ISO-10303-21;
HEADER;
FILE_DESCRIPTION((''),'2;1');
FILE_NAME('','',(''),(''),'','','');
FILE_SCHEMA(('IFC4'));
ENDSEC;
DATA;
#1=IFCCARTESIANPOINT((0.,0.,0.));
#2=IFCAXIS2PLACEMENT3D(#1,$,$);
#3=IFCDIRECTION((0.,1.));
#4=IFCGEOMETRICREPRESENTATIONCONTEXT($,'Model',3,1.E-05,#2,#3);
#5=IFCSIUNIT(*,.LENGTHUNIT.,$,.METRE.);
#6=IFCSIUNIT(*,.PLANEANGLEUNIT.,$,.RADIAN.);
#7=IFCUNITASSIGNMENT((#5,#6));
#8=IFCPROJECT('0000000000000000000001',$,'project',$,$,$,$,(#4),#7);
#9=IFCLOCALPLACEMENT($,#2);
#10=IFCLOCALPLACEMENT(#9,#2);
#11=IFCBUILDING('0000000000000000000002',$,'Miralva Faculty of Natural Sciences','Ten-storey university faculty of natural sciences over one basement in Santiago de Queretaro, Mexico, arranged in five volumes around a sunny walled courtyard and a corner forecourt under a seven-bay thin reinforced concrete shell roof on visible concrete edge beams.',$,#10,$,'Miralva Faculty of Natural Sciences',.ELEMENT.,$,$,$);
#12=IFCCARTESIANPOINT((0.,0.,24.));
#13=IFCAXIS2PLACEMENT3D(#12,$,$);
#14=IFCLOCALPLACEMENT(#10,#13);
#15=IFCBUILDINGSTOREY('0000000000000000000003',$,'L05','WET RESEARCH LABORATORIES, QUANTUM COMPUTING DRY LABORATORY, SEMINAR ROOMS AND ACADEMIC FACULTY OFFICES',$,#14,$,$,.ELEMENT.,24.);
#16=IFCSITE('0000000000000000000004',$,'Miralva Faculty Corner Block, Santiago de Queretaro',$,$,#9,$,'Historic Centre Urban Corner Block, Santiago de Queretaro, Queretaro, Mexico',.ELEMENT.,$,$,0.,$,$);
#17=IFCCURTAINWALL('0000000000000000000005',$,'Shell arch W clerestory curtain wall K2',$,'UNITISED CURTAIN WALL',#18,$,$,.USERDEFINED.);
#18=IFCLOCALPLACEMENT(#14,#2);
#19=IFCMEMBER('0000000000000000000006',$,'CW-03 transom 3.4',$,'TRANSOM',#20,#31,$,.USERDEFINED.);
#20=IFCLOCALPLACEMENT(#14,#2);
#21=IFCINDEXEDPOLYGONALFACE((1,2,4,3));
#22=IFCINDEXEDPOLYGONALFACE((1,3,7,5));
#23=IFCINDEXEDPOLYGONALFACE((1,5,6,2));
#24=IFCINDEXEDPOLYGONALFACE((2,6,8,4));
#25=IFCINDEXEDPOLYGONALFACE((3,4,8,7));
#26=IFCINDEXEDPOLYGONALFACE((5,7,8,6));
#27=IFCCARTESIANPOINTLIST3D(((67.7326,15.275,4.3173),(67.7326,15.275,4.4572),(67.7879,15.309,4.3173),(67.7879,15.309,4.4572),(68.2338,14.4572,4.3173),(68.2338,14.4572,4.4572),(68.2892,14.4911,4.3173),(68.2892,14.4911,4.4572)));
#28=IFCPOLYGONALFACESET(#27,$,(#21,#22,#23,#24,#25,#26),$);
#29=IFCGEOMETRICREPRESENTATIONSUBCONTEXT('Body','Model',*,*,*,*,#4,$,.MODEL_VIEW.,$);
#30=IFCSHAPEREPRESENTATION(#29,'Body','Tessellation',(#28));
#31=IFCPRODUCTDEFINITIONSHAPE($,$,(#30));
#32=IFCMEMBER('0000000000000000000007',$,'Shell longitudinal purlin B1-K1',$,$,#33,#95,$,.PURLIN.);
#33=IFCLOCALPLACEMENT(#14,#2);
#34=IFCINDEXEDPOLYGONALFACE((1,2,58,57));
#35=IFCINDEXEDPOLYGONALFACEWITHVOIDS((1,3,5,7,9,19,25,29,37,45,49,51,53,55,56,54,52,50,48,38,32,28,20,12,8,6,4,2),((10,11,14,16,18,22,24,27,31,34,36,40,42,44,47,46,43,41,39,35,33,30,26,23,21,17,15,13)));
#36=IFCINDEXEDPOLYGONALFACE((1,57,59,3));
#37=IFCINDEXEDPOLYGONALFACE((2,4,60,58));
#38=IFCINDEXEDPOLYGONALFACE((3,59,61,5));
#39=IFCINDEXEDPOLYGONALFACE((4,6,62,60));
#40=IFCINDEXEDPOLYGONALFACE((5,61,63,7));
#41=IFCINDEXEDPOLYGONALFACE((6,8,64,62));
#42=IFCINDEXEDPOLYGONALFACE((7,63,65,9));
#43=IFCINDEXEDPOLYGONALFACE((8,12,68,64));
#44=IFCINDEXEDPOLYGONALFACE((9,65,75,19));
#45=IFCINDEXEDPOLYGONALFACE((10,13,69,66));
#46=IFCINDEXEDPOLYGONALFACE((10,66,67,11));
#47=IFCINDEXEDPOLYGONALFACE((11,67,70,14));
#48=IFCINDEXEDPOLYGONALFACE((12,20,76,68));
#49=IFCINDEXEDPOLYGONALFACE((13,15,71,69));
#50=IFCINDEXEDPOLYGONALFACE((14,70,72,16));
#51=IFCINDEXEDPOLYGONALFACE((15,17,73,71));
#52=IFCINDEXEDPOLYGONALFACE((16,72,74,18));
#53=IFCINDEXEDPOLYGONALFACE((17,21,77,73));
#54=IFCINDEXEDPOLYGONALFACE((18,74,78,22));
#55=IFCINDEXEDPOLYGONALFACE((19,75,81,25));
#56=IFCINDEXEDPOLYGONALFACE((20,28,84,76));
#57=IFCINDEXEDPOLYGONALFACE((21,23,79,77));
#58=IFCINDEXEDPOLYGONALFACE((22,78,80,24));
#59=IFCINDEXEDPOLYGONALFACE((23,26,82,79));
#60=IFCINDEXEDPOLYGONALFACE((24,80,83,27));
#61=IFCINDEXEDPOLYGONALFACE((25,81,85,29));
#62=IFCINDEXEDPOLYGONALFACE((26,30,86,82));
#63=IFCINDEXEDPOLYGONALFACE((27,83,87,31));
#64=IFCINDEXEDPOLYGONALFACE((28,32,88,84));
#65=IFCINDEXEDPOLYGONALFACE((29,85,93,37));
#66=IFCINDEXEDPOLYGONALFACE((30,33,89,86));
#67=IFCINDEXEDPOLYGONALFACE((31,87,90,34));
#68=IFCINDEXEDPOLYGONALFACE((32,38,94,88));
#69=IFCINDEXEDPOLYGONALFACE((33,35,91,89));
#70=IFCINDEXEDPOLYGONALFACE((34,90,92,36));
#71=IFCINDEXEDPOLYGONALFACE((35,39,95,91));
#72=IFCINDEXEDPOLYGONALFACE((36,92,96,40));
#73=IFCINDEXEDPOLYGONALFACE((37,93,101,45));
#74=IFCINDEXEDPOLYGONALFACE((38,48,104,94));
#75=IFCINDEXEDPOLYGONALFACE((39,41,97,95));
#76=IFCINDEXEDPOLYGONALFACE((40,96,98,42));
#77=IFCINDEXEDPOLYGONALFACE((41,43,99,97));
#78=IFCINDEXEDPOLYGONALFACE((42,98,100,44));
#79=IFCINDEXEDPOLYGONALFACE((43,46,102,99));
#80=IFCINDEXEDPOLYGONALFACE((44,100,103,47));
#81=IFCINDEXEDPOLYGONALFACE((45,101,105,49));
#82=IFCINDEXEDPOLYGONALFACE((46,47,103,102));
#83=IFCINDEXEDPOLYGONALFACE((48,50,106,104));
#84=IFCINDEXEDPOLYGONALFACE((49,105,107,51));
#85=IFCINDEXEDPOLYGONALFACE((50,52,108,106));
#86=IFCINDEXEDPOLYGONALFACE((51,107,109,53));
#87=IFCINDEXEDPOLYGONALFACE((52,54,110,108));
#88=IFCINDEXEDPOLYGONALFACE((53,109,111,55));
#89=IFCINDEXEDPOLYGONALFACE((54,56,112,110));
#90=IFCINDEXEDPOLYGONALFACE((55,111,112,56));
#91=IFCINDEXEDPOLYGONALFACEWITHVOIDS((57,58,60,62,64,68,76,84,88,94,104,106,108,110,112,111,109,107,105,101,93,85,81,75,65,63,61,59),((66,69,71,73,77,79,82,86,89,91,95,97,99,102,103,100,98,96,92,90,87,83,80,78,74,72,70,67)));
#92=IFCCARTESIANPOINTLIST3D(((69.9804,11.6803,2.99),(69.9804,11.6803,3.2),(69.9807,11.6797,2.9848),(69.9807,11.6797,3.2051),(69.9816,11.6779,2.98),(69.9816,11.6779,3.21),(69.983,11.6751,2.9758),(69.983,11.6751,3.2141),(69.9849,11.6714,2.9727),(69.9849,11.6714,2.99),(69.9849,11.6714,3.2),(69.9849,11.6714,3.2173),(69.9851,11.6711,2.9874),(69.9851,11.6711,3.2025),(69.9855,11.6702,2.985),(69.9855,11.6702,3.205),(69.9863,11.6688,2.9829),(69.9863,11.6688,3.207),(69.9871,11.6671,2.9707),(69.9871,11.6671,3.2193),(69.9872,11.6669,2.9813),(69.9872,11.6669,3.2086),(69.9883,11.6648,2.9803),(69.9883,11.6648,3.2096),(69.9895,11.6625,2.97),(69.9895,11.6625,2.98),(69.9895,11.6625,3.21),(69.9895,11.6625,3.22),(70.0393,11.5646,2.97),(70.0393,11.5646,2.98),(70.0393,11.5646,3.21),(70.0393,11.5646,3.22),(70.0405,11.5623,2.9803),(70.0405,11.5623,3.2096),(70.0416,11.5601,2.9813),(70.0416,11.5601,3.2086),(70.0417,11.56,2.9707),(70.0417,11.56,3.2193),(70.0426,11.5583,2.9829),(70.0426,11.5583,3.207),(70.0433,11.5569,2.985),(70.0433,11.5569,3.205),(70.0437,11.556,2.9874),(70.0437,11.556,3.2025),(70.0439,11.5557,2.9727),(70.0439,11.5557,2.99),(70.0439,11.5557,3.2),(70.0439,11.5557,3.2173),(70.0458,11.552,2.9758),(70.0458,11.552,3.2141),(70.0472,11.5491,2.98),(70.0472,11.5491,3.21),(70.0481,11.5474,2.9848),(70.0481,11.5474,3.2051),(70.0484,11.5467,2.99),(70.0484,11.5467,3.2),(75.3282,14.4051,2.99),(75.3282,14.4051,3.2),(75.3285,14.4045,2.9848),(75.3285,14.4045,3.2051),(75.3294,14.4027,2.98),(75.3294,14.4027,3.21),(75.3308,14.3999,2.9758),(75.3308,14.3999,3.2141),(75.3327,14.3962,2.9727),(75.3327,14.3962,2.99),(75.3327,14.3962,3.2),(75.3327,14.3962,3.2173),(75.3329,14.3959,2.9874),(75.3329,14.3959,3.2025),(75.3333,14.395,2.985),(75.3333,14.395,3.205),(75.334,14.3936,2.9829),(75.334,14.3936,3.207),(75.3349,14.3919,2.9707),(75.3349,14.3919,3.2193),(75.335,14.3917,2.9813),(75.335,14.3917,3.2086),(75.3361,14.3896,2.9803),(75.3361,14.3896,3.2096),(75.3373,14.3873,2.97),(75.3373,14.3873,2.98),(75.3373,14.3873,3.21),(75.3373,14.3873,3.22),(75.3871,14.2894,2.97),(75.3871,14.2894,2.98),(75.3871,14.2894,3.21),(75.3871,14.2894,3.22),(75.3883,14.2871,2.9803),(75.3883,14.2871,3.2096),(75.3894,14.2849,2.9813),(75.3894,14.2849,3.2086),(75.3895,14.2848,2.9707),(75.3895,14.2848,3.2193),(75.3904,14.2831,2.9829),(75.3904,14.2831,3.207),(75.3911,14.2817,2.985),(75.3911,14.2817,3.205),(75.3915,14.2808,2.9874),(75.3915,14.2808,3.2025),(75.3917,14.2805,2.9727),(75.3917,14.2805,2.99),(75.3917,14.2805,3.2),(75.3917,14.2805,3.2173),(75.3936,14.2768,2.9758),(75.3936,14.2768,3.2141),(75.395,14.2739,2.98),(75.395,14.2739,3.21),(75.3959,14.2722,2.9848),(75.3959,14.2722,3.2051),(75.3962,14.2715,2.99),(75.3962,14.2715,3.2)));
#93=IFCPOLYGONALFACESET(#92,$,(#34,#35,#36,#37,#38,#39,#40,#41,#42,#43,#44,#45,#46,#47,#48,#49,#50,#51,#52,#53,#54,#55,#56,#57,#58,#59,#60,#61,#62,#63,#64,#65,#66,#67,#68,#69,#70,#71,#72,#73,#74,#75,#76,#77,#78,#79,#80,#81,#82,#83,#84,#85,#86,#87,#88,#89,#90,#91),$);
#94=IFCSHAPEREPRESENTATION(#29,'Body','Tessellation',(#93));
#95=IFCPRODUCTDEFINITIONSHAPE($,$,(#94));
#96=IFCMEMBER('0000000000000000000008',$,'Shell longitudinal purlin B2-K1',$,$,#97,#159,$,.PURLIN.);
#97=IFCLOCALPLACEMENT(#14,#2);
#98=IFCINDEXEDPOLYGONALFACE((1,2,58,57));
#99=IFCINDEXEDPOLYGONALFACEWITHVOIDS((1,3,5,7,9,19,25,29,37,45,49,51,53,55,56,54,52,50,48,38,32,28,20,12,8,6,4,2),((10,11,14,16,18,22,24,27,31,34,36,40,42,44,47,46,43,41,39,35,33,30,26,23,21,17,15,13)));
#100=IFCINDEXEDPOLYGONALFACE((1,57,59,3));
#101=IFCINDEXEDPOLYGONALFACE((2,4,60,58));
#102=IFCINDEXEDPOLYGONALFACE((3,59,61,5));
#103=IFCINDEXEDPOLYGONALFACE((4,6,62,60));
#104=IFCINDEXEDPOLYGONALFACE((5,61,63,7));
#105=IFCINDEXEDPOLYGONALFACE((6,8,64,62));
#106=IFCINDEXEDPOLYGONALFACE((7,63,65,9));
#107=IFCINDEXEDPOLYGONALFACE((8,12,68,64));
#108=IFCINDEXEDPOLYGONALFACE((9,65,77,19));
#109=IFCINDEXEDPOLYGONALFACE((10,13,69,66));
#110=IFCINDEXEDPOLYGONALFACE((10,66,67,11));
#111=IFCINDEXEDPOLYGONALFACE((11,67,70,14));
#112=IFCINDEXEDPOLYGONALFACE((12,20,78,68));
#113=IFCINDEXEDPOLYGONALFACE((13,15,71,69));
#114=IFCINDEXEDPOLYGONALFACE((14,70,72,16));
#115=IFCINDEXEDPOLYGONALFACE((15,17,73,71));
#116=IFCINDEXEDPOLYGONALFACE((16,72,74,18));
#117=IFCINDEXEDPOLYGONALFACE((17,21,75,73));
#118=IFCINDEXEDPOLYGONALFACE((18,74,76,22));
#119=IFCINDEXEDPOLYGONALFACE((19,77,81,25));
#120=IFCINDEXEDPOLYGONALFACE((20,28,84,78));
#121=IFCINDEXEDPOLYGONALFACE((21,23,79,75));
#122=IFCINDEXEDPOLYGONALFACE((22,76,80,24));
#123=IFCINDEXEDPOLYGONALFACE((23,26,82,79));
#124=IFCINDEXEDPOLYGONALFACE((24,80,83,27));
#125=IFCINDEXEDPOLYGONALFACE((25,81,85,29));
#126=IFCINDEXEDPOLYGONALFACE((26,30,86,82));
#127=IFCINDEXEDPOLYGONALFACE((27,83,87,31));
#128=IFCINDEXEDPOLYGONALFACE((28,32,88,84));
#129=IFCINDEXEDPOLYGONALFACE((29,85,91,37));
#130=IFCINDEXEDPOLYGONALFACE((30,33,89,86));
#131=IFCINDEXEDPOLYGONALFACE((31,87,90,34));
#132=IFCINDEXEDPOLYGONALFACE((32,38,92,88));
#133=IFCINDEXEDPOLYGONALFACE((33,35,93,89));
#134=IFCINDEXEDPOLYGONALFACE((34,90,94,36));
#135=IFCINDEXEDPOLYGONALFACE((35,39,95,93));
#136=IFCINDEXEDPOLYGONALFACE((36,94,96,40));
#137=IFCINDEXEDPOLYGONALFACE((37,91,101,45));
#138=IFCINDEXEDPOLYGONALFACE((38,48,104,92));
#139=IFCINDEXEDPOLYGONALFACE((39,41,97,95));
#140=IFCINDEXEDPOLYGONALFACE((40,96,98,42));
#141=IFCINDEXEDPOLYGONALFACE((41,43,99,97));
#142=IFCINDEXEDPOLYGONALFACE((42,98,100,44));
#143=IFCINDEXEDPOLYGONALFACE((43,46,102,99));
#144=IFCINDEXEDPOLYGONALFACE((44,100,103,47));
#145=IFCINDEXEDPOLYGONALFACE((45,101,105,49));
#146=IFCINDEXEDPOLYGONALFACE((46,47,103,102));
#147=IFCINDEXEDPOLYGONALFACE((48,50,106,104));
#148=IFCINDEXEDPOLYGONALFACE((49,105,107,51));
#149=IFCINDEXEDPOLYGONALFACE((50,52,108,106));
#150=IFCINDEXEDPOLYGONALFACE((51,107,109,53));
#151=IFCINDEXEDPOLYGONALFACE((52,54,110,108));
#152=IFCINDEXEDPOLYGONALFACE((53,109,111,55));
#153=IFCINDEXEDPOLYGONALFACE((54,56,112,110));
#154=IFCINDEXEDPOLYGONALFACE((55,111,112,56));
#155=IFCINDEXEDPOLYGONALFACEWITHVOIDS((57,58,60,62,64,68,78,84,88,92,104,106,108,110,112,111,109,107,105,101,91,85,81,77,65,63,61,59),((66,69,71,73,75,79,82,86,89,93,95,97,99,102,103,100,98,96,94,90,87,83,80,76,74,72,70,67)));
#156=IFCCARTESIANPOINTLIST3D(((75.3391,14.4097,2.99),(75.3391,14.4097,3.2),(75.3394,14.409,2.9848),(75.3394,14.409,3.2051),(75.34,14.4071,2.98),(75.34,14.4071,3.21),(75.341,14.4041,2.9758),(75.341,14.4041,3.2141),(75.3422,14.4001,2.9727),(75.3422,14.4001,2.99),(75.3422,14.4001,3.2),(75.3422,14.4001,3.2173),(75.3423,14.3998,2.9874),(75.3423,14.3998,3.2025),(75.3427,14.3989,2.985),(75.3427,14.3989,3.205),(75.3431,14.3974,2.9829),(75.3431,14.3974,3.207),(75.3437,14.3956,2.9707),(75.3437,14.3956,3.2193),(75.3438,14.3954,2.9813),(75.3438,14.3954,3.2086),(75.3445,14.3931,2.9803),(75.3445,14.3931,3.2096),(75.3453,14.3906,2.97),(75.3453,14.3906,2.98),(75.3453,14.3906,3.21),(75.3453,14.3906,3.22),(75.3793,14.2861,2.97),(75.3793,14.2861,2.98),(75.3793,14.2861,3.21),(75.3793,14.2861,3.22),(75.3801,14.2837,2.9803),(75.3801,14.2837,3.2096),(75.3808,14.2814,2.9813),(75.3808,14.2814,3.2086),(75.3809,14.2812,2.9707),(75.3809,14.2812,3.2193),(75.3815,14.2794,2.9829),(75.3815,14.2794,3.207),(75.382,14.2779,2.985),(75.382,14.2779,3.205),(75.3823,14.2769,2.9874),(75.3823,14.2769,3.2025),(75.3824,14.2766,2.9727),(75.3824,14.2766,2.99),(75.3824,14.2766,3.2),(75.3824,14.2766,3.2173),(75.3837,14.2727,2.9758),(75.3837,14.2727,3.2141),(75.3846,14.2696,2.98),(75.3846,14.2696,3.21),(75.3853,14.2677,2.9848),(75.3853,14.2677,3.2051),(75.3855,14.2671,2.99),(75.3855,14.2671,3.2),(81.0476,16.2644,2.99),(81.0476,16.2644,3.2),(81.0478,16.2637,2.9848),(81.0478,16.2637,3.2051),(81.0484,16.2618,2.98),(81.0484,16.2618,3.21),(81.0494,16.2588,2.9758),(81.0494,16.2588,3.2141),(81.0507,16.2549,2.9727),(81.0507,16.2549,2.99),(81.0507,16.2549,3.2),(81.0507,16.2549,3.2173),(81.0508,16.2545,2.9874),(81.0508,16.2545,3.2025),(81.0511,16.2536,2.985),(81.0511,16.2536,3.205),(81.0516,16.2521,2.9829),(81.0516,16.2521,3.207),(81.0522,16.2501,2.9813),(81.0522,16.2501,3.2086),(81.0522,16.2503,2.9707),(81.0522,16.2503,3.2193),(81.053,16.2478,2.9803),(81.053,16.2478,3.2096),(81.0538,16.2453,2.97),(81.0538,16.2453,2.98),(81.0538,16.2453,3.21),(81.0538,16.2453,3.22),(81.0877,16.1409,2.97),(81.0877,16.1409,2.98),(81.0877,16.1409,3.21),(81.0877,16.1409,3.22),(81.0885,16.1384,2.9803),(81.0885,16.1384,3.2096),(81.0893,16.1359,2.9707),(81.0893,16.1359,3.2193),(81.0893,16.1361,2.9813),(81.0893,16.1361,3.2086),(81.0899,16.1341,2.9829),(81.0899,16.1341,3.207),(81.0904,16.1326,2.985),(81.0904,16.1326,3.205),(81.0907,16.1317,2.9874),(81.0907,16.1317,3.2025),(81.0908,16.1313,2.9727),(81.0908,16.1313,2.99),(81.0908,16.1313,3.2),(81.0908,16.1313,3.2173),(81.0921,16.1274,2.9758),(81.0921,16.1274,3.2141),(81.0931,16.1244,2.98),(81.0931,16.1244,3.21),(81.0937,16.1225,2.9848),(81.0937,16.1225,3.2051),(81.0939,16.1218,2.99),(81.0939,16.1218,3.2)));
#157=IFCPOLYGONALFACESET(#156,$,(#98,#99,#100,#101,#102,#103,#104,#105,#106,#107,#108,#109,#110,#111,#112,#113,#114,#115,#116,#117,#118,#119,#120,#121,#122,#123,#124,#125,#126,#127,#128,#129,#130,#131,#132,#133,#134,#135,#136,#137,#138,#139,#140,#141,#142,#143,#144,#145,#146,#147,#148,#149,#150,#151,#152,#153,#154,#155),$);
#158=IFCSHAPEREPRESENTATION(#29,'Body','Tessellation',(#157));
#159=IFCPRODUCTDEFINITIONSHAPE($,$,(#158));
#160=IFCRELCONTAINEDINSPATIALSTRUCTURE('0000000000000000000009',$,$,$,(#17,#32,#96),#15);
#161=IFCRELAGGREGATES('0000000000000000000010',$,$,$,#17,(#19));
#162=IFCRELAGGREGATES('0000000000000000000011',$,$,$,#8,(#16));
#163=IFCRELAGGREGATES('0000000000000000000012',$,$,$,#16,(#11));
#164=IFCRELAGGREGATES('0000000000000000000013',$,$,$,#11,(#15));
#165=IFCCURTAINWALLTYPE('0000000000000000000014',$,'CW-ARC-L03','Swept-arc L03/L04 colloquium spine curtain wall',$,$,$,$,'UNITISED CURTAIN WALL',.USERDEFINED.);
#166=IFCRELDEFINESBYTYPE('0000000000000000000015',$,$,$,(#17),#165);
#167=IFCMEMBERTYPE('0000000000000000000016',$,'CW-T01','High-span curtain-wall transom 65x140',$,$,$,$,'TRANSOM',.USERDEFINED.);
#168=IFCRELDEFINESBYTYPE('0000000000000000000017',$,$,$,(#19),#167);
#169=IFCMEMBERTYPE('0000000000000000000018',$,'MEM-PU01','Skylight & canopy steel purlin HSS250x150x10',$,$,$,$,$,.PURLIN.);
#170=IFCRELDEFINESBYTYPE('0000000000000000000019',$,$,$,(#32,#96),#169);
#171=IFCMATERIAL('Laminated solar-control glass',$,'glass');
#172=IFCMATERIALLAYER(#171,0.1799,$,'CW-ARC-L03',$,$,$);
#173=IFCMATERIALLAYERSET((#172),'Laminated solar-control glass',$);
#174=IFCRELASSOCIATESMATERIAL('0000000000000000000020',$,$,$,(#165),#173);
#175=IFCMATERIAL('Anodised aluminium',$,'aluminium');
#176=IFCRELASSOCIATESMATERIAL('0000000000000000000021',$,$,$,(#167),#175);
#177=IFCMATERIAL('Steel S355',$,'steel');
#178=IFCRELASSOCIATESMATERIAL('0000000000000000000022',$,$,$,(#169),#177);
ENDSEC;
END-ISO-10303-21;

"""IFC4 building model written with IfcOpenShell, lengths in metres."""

from ifc_helpers import new_model, si_unit, direction, frame, origin, origin_2d, place, context, subcontext, project, spatial, rectangle, hollow_rectangle, extrude, material, layer, layer_set, material_profile, profile_set, type_object, element, aggregate, save


model = new_model("IFC4")

# Units and contexts
model_context = context("Model", 3, precision=1e-05, world=origin(), true_north=direction((0.0, 1.0)))
body_context = subcontext(model_context, "Body", "Model", "MODEL_VIEW")
ifc_project = project(units=[si_unit("LENGTHUNIT", "METRE"), si_unit("PLANEANGLEUNIT", "RADIAN")], contexts=[model_context])

# Site, building, storey
site_placement = place(None, origin())
site = spatial("IfcSite", under=ifc_project, at=site_placement, Name="Miralva Faculty Corner Block, Santiago de Queretaro", LongName="Historic Centre Urban Corner Block, Santiago de Queretaro, Queretaro, Mexico", CompositionType="ELEMENT", RefElevation=0.0)
building_placement = place(site_placement, origin())
building = spatial("IfcBuilding", under=site, at=building_placement, Name="Miralva Faculty of Natural Sciences", Description="Ten-storey university faculty of natural sciences over one basement in Santiago de Queretaro, Mexico, arranged in five volumes around a sunny walled courtyard and a corner forecourt under a seven-bay thin reinforced concrete shell roof on visible concrete edge beams.", LongName="Miralva Faculty of Natural Sciences", CompositionType="ELEMENT")
storey_placement = place(building_placement, frame((0.0, 0.0, 24.0)))
storey = spatial("IfcBuildingStorey", under=building, at=storey_placement, Name="L05", Description="WET RESEARCH LABORATORIES, QUANTUM COMPUTING DRY LABORATORY, SEMINAR ROOMS AND ACADEMIC FACULTY OFFICES", CompositionType="ELEMENT", Elevation=24.0)

# Shared definitions
ifc_material_1 = material(Name="Steel S355", Category="steel")

# Curtain wall, member
ifc_material_2 = material(Name="Laminated solar-control glass", Category="glass")
ifc_layer_1 = layer(ifc_material_2, 0.1799, Name="CW-ARC-L03")
ifc_layer_set_1 = layer_set([ifc_layer_1], Name="Laminated solar-control glass")
curtain_wall_type = type_object("IfcCurtainWallType", Name="CW-ARC-L03", Description="Swept-arc L03/L04 colloquium spine curtain wall", ElementType="UNITISED CURTAIN WALL", PredefinedType="USERDEFINED", material=ifc_layer_set_1)
curtain_wall_placement = place(storey_placement, origin())
curtain_wall = element("IfcCurtainWall", 1, at=curtain_wall_placement, inside=storey, type_object=curtain_wall_type, Name="Shell arch W clerestory curtain wall K2", ObjectType="UNITISED CURTAIN WALL", PredefinedType="USERDEFINED")
ifc_material_3 = material(Name="Anodised aluminium", Category="aluminium")
ifc_material_profile_1 = material_profile(ifc_material_3, rectangle(XDim=0.0649, YDim=0.1399, at=origin_2d()), Name="TRANSOM 65x140")
ifc_profile_set_1 = profile_set([ifc_material_profile_1], Name="Anodised aluminium")
member_type_1 = type_object("IfcMemberType", Name="CW-T01", Description="High-span curtain-wall transom 65x140", ElementType="TRANSOM", PredefinedType="USERDEFINED", material=ifc_profile_set_1)
member_1_placement = place(storey_placement, frame((67.7603, 15.292, 4.3872), z_axis=(0.52252, -0.852627, 0.0), x_axis=(0.852627, 0.52252, 0.0)))
member_1 = element("IfcMember", 2, at=member_1_placement, type_object=member_type_1, Name="CW-03 transom 3.4", ObjectType="TRANSOM", PredefinedType="USERDEFINED", context=body_context, shape_type="SweptSolid", body=[
    extrude(rectangle(XDim=0.0649, YDim=0.1399, at=origin_2d()), origin(), (0.0, 0.0, 1.0), 0.9592),
])

# Members
ifc_material_profile_2 = material_profile(ifc_material_1, hollow_rectangle(XDim=0.1499, YDim=0.25, WallThickness=0.01, InnerFilletRadius=0.01, OuterFilletRadius=0.02, at=origin_2d()), Name="HSS 250x150x10")
ifc_profile_set_2 = profile_set([ifc_material_profile_2], Name="Steel S355")
member_type_2 = type_object("IfcMemberType", Name="MEM-PU01", Description="Skylight & canopy steel purlin HSS250x150x10", PredefinedType="PURLIN", material=ifc_profile_set_2)
member_2_placement = place(storey_placement, frame((70.0144, 11.6135, 3.095), z_axis=(0.891009, 0.453985, 0.0), x_axis=(-0.453985, 0.891009, 0.0)))
element("IfcMember", 3, at=member_2_placement, inside=storey, type_object=member_type_2, Name="Shell longitudinal purlin B1-K1", PredefinedType="PURLIN", context=body_context, shape_type="SweptSolid", body=[
    extrude(hollow_rectangle(XDim=0.1499, YDim=0.25, WallThickness=0.01, InnerFilletRadius=0.01, OuterFilletRadius=0.02, at=origin_2d()), origin(), (0.0, 0.0, 1.0), 6.002),
])
member_3_placement = place(storey_placement, frame((75.3623, 14.3384, 3.095), z_axis=(0.95106, 0.309007, 0.0), x_axis=(-0.309007, 0.95106, 0.0)))
element("IfcMember", 4, at=member_3_placement, inside=storey, type_object=member_type_2, Name="Shell longitudinal purlin B2-K1", PredefinedType="PURLIN", context=body_context, shape_type="SweptSolid", body=[
    extrude(hollow_rectangle(XDim=0.1499, YDim=0.25, WallThickness=0.01, InnerFilletRadius=0.01, OuterFilletRadius=0.02, at=origin_2d()), origin(), (0.0, 0.0, 1.0), 6.0022),
])

aggregate(curtain_wall, [member_1])

save(model, "model.ifc")
